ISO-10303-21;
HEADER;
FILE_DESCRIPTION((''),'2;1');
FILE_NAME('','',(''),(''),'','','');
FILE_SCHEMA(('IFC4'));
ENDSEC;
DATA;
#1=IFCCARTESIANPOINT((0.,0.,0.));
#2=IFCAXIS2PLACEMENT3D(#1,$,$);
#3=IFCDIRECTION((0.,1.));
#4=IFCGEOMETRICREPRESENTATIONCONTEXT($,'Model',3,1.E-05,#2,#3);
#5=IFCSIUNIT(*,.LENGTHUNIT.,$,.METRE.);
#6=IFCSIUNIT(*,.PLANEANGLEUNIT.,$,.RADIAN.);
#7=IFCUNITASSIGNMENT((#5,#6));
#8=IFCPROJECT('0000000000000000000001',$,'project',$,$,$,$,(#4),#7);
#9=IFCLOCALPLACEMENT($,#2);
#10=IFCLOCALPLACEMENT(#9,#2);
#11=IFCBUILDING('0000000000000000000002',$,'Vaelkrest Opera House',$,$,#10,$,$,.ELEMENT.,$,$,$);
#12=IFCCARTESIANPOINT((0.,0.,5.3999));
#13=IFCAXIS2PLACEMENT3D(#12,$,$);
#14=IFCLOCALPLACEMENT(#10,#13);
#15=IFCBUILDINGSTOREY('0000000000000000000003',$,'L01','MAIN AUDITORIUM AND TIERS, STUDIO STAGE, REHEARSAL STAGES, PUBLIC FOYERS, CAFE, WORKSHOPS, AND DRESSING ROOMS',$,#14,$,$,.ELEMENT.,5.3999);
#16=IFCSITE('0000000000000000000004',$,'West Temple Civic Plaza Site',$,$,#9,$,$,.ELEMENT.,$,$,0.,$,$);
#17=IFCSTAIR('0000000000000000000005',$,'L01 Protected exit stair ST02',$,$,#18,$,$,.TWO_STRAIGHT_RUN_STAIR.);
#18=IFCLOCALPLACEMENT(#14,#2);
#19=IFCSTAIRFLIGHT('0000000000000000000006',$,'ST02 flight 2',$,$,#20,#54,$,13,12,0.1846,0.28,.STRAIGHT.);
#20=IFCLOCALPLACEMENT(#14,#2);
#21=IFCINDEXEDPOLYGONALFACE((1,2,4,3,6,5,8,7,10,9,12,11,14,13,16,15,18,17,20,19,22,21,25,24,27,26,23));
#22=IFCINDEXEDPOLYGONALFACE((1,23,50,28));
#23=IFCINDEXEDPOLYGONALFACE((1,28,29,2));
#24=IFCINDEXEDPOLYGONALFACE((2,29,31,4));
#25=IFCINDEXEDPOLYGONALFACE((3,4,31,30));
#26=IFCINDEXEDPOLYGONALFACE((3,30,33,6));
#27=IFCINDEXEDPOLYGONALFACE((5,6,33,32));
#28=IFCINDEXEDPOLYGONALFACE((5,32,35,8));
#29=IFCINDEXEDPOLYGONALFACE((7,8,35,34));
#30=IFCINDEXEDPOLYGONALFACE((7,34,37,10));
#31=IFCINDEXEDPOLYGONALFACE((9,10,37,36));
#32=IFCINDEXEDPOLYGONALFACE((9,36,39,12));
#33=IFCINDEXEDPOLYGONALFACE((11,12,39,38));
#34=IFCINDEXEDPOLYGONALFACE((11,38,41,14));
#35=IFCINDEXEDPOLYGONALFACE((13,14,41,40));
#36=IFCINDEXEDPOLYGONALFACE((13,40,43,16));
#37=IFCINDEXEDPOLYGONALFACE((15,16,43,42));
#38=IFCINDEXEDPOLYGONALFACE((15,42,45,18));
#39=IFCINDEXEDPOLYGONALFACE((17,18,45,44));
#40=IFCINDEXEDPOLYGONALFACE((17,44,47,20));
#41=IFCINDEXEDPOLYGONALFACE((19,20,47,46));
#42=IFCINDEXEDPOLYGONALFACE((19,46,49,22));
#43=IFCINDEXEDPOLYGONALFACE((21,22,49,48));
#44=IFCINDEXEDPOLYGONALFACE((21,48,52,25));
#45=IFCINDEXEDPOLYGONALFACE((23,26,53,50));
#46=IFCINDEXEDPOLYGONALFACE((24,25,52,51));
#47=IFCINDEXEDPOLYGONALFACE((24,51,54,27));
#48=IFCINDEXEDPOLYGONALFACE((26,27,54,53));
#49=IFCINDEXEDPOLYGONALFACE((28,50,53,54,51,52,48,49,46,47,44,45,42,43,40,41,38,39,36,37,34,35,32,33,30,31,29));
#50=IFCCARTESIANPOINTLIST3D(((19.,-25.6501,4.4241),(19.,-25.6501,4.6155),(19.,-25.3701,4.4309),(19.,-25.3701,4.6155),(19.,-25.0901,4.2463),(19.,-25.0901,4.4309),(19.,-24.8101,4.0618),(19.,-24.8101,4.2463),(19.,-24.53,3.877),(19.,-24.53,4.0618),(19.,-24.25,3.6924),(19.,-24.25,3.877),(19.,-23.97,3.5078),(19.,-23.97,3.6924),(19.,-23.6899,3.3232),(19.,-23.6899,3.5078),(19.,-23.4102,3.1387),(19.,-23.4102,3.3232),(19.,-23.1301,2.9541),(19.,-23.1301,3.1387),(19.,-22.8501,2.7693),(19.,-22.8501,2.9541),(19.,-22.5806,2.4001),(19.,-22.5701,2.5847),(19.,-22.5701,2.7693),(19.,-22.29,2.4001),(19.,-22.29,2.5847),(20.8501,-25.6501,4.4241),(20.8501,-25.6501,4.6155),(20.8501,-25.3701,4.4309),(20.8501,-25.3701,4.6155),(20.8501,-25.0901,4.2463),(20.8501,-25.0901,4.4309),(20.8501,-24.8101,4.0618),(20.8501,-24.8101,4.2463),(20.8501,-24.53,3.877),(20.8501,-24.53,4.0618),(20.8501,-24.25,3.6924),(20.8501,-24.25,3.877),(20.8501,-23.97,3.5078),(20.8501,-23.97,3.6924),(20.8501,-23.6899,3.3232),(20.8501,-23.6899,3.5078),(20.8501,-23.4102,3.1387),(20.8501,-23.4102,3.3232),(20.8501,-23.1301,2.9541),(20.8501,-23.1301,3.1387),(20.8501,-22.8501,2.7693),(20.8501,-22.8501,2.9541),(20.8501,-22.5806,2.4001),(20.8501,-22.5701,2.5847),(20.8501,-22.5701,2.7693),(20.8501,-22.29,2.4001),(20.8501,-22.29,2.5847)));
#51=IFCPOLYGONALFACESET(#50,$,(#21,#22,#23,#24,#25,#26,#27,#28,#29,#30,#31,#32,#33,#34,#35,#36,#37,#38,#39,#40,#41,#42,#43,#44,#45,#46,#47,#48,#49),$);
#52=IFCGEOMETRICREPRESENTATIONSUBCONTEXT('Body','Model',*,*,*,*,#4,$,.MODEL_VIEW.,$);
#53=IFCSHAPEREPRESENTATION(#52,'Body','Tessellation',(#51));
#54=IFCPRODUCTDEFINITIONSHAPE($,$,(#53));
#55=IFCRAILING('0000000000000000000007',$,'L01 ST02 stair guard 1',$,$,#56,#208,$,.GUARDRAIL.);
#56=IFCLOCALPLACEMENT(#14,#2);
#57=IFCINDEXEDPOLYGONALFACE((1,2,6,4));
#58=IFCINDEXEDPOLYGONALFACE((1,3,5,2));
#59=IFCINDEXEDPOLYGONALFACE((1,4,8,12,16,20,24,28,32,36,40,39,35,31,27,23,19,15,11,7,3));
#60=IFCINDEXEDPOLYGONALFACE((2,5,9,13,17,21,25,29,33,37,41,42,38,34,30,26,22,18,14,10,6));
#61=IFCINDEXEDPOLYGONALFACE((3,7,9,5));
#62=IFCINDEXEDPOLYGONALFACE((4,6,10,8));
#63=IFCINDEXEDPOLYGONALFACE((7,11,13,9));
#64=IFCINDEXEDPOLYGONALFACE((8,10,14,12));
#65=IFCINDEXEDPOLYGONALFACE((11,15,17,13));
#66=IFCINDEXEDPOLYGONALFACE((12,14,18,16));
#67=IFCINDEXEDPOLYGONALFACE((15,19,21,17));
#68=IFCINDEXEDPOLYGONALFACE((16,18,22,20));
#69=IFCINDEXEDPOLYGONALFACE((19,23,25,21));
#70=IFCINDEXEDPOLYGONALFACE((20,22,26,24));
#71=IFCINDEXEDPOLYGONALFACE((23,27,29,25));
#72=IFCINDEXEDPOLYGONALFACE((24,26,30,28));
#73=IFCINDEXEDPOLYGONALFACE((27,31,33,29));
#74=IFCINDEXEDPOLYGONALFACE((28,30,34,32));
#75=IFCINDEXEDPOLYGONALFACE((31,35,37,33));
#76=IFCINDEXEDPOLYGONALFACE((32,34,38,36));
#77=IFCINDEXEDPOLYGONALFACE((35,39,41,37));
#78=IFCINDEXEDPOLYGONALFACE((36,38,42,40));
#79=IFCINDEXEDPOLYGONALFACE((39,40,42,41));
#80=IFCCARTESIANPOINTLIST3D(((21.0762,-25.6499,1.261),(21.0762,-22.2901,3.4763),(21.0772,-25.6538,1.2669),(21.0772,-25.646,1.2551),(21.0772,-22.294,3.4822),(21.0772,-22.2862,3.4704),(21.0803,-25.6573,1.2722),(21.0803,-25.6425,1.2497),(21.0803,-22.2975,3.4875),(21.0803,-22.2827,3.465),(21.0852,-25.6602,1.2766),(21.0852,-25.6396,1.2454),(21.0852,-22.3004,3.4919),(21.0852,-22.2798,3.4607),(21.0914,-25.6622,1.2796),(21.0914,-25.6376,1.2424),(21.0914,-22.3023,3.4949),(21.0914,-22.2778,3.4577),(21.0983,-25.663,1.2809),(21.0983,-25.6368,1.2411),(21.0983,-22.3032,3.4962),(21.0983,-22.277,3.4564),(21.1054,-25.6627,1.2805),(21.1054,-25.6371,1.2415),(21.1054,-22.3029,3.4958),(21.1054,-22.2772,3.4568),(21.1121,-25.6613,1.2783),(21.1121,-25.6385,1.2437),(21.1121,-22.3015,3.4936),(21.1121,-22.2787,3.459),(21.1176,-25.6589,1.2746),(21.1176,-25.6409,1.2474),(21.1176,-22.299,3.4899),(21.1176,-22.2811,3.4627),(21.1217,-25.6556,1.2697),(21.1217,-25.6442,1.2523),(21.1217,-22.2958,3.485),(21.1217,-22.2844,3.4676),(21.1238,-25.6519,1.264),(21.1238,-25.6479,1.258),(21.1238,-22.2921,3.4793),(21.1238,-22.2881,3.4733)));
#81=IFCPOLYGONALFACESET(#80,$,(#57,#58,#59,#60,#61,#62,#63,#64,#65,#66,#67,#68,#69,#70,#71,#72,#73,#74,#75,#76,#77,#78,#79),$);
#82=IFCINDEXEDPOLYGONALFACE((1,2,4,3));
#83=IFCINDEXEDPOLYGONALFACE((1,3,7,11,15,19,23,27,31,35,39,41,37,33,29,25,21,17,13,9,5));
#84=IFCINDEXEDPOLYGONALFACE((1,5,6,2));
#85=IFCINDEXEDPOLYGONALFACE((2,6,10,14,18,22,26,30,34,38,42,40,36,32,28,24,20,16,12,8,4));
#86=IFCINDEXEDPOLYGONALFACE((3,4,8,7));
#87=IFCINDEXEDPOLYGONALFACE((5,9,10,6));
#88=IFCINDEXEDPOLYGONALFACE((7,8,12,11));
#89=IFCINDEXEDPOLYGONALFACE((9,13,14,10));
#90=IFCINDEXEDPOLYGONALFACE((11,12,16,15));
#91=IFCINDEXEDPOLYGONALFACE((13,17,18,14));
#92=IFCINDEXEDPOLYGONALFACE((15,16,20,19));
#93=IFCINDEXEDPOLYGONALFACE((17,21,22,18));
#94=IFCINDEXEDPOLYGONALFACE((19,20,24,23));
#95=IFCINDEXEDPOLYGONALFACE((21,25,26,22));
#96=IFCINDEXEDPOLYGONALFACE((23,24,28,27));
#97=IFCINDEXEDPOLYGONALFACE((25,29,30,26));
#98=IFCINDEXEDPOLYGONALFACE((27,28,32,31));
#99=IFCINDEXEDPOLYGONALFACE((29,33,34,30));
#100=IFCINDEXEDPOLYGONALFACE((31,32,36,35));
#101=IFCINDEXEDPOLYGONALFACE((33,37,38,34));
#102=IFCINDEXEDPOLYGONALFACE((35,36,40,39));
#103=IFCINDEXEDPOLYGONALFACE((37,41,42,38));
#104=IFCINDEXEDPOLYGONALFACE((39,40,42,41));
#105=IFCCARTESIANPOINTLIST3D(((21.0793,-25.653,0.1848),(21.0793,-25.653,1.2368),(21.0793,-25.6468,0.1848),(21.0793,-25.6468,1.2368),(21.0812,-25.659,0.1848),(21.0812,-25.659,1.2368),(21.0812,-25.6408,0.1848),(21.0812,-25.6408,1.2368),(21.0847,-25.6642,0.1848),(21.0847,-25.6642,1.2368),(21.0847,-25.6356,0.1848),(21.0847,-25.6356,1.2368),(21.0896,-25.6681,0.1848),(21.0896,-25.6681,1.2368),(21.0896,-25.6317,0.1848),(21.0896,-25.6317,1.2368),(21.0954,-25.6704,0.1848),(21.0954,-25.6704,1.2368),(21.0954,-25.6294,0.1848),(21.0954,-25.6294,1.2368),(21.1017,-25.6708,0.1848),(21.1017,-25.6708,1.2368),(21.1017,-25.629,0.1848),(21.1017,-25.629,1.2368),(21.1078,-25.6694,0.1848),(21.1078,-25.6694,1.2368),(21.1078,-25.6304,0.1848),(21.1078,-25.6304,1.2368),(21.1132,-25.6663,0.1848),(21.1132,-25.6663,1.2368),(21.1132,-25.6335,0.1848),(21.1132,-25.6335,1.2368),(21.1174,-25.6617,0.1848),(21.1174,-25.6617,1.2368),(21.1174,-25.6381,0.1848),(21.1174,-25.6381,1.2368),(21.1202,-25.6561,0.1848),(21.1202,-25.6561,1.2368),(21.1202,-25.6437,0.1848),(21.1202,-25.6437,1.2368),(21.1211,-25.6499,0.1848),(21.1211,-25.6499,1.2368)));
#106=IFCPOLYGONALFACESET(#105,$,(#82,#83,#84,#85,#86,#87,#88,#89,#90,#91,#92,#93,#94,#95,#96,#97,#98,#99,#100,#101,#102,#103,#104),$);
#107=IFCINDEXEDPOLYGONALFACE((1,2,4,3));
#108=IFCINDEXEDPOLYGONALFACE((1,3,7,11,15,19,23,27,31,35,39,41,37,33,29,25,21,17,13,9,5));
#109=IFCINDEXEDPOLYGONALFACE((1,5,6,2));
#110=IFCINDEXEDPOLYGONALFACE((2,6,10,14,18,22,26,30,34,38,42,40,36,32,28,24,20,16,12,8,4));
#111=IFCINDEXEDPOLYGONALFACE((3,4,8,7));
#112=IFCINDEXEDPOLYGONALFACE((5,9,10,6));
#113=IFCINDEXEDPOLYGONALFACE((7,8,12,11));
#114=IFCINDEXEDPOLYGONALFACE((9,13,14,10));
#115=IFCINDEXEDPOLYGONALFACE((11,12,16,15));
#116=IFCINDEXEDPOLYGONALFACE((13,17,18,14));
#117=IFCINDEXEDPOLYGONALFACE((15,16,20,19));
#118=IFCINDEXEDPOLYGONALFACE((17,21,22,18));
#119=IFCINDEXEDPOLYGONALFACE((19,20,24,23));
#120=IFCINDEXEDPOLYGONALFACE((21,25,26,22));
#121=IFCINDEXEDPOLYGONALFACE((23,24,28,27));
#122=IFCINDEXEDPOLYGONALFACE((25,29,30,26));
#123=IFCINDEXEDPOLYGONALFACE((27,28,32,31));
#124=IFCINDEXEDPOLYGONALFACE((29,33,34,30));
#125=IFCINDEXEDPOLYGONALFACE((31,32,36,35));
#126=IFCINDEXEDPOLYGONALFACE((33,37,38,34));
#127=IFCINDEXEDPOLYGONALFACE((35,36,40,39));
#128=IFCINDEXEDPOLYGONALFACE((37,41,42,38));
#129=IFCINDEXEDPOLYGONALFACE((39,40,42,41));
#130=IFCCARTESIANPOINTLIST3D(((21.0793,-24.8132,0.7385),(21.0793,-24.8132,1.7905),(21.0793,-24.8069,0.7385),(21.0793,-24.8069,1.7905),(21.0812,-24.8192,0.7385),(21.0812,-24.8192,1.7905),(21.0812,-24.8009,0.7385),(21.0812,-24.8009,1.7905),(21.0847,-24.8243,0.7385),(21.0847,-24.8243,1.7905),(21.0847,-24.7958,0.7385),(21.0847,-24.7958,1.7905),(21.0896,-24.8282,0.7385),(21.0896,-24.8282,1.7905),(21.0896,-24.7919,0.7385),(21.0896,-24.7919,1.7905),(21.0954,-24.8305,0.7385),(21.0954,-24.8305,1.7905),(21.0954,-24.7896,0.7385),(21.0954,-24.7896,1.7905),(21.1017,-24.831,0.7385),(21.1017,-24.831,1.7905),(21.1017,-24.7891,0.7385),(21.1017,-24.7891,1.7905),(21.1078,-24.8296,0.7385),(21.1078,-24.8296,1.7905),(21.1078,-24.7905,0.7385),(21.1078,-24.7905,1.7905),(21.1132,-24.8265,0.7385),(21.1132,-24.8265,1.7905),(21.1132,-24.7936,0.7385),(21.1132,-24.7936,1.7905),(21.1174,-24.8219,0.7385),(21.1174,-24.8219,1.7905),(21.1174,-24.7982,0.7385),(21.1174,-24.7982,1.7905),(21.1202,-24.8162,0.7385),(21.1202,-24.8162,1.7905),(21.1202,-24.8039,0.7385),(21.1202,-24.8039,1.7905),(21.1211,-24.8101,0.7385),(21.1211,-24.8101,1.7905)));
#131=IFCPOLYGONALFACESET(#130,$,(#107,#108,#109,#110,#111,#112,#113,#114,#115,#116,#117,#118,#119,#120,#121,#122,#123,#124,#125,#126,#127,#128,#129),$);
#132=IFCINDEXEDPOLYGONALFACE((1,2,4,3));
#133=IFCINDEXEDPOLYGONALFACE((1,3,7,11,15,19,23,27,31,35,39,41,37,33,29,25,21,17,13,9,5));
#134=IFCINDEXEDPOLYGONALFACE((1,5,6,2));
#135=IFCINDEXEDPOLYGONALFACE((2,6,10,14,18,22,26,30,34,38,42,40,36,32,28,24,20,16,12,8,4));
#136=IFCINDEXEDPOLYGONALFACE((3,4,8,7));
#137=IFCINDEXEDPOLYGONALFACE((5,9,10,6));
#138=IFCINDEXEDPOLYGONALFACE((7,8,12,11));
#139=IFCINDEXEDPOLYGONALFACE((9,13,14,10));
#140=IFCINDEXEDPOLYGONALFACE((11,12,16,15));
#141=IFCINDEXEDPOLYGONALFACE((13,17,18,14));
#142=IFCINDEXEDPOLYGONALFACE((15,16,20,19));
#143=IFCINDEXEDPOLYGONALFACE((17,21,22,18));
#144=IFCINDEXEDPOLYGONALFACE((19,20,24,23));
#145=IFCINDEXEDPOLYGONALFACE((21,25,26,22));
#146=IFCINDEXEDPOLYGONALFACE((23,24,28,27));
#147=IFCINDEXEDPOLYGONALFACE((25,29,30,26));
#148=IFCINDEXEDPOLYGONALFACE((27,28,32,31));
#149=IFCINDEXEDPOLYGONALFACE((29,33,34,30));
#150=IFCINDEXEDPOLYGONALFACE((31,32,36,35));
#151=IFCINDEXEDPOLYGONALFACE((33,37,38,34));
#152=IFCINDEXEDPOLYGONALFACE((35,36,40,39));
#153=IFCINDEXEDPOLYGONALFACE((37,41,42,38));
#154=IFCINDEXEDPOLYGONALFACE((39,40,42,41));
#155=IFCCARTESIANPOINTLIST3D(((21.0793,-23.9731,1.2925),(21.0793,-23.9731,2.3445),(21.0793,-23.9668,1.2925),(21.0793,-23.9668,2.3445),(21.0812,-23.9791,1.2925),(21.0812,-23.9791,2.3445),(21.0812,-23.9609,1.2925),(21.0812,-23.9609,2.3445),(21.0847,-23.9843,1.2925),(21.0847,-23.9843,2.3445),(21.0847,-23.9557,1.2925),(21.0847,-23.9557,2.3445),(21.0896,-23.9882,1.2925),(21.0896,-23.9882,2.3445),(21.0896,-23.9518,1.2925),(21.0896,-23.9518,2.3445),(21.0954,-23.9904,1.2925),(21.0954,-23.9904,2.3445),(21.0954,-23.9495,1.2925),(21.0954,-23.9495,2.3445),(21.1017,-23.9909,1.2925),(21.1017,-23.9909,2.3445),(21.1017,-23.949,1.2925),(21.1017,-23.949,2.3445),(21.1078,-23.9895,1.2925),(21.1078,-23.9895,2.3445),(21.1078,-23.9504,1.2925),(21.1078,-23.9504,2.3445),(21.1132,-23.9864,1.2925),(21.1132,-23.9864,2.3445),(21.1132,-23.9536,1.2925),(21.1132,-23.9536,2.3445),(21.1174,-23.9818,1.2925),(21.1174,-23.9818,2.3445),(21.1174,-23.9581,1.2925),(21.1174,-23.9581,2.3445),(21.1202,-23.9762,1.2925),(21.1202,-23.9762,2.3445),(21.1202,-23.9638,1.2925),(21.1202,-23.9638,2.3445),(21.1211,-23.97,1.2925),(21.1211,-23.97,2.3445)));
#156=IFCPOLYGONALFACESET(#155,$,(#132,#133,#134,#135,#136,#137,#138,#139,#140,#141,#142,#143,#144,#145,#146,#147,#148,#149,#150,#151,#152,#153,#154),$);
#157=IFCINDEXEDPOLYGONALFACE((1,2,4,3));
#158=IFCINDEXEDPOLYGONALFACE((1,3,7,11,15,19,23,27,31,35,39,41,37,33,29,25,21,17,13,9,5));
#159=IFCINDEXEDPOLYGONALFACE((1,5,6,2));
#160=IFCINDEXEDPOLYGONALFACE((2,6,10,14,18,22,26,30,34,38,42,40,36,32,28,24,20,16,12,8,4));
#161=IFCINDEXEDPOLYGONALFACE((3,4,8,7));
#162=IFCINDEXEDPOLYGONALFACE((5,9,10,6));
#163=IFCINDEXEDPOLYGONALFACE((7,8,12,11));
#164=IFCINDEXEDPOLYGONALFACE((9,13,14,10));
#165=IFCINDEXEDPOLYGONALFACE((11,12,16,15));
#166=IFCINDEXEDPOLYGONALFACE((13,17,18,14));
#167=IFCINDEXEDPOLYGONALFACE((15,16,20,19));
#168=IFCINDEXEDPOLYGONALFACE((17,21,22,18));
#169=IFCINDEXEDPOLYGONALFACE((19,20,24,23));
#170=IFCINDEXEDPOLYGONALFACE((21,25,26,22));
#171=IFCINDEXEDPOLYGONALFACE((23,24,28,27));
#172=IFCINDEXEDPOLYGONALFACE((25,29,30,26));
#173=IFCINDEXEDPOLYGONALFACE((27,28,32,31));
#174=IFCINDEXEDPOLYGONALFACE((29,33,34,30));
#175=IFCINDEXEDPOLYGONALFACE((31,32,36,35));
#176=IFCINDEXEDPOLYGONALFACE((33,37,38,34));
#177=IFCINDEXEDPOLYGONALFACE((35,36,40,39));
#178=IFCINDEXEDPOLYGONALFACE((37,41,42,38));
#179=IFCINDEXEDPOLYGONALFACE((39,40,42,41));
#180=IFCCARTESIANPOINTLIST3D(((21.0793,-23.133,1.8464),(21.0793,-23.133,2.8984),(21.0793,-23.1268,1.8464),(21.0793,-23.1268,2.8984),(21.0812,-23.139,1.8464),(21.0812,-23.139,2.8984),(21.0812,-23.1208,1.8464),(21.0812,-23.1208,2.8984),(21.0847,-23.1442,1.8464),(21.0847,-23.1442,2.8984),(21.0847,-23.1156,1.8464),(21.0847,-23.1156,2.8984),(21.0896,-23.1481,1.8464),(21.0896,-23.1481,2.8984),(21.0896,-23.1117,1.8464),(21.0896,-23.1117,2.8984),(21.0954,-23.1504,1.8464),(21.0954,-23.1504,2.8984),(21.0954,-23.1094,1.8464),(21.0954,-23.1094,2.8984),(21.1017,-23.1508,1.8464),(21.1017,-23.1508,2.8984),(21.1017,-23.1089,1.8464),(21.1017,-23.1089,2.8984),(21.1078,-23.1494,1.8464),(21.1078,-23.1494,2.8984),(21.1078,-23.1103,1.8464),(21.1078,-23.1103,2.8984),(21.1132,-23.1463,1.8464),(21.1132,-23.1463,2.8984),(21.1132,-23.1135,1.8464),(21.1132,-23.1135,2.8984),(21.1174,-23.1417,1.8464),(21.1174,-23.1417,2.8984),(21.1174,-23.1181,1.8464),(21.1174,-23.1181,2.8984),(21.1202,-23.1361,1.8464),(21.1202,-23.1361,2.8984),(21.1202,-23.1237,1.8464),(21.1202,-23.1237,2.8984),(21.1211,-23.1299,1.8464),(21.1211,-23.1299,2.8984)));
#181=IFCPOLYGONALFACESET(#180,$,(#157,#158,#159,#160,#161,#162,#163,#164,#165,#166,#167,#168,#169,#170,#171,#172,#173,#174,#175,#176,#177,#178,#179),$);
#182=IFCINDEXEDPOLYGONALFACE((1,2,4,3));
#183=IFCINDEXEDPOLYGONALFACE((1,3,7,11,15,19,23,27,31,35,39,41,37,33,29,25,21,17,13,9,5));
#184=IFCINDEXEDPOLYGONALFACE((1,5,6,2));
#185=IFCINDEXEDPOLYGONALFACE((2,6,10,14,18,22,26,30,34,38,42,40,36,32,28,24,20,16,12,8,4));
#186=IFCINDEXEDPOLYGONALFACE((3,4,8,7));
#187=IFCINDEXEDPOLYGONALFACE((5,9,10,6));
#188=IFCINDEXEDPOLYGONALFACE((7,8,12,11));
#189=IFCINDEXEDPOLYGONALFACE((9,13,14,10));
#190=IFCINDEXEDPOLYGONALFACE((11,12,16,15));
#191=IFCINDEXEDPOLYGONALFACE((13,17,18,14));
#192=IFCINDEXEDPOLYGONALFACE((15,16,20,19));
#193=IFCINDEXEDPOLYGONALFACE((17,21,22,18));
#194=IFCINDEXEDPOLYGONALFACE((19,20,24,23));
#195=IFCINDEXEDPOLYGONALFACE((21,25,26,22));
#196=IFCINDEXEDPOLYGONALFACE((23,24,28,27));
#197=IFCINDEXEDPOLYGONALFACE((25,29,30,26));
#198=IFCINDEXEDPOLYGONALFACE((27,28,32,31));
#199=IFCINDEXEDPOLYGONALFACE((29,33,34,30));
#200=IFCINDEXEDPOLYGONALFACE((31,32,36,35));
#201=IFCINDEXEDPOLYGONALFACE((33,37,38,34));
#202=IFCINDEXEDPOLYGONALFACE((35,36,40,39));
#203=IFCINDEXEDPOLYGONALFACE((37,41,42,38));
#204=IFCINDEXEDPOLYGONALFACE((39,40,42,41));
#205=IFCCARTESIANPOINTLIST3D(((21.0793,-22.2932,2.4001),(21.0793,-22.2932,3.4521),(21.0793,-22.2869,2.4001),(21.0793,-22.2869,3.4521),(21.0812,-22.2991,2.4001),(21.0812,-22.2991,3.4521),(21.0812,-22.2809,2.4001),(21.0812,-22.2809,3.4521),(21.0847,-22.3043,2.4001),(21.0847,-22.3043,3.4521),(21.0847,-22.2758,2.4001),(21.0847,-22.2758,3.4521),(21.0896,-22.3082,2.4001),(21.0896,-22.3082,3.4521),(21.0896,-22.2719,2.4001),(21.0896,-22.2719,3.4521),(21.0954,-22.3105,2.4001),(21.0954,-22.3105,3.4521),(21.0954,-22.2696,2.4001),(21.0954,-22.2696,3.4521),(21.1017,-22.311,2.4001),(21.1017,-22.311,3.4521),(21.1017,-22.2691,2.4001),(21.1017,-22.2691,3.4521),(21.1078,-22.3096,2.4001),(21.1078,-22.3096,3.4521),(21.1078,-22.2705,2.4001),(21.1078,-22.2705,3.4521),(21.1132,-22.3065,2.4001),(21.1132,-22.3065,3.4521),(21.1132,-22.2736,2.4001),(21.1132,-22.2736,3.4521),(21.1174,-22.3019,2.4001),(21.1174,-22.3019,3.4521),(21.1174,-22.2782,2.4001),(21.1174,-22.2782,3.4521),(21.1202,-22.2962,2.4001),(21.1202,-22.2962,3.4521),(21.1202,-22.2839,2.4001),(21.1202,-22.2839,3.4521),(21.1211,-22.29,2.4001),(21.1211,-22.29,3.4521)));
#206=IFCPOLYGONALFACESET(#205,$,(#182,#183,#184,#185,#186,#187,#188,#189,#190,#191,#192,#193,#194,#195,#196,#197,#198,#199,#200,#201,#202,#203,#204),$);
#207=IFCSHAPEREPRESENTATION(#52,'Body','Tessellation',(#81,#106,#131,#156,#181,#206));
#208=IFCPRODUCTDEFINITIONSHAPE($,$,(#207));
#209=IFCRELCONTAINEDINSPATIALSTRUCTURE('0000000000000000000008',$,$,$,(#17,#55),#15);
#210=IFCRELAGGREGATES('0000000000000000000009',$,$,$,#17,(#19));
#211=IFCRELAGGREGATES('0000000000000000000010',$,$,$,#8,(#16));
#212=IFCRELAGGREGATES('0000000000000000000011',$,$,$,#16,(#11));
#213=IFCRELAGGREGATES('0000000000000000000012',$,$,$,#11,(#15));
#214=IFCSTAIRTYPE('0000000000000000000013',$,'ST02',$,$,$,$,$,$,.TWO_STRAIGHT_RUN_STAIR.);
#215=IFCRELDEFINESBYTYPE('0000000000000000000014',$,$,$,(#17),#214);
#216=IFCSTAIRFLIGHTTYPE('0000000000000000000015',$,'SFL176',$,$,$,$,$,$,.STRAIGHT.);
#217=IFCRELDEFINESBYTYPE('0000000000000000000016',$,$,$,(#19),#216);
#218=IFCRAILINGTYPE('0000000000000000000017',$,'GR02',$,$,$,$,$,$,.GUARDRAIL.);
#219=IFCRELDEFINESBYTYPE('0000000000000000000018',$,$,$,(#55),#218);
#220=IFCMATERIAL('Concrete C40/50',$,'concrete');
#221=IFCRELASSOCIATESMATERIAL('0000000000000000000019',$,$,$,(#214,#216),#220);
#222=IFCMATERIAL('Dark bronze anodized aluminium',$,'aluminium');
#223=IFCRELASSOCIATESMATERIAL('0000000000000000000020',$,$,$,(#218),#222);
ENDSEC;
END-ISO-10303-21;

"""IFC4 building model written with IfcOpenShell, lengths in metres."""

from ifc_helpers import new_model, si_unit, direction, frame, origin, origin_2d, place, context, subcontext, project, spatial, polyline, circle, outline, extrude, material, type_object, element, aggregate, save


model = new_model("IFC4")

# Units and contexts
model_context = context("Model", 3, precision=1e-05, world=origin(), true_north=direction((0.0, 1.0)))
body_context = subcontext(model_context, "Body", "Model", "MODEL_VIEW")
ifc_project = project(units=[si_unit("LENGTHUNIT", "METRE"), si_unit("PLANEANGLEUNIT", "RADIAN")], contexts=[model_context])

# Site, building, storey
site_placement = place(None, origin())
site = spatial("IfcSite", under=ifc_project, at=site_placement, Name="West Temple Civic Plaza Site", CompositionType="ELEMENT", RefElevation=0.0)
building_placement = place(site_placement, origin())
building = spatial("IfcBuilding", under=site, at=building_placement, Name="Vaelkrest Opera House", CompositionType="ELEMENT")
storey_placement = place(building_placement, frame((0.0, 0.0, 5.3999)))
storey = spatial("IfcBuildingStorey", under=building, at=storey_placement, Name="L01", Description="MAIN AUDITORIUM AND TIERS, STUDIO STAGE, REHEARSAL STAGES, PUBLIC FOYERS, CAFE, WORKSHOPS, AND DRESSING ROOMS", CompositionType="ELEMENT", Elevation=5.3999)

# Shared definitions
ifc_material_1 = material(Name="Concrete C40/50", Category="concrete")

# Stair, stair flight
stair_type = type_object("IfcStairType", Name="ST02", PredefinedType="TWO_STRAIGHT_RUN_STAIR", material=ifc_material_1)
stair_placement = place(storey_placement, origin())
stair = element("IfcStair", 1, at=stair_placement, inside=storey, type_object=stair_type, Name="L01 Protected exit stair ST02", PredefinedType="TWO_STRAIGHT_RUN_STAIR")
stair_flight_type = type_object("IfcStairFlightType", Name="SFL176", PredefinedType="STRAIGHT", material=ifc_material_1)
stair_flight_1_placement = place(storey_placement, frame((19.925, -22.29, 2.4001), z_axis=(0.0, 0.0, 1.0), x_axis=(0.0, -1.0, 0.0)))
stair_flight_1 = element("IfcStairFlight", 2, at=stair_flight_1_placement, type_object=stair_flight_type, Name="ST02 flight 2", NumberOfRisers=13, NumberOfTreads=12, PredefinedType="STRAIGHT", RiserHeight=0.1846, TreadLength=0.28, context=body_context, shape_type="SweptSolid", body=[
    extrude(outline(polyline([(0.0, 0.0), (0.0, 0.1846), (0.28, 0.1846), (0.28, 0.3691), (0.5601, 0.3691), (0.5601, 0.554), (0.8401, 0.554), (0.8401, 0.7385), (1.1201, 0.7385), (1.1201, 0.9231), (1.3999, 0.9231), (1.3999, 1.1077), (1.6799, 1.1077), (1.6799, 1.2922), (1.96, 1.2922), (1.96, 1.4768), (2.24, 1.4768), (2.24, 1.6616), (2.52, 1.6616), (2.52, 1.8462), (2.8, 1.8462), (2.8, 2.0308), (3.0801, 2.0308), (3.0801, 2.2153), (3.3601, 2.2153), (3.3601, 2.3999), (3.3601, 2.0239), (0.2905, 0.0), (0.0, 0.0)])), frame((0.0, 0.925, 0.0), z_axis=(0.0, -1.0, 0.0), x_axis=(1.0, 0.0, 0.0)), (0.0, 0.0, 1.0), 1.8501),
])
aggregate(stair, [stair_flight_1])

# Railing
ifc_material_2 = material(Name="Dark bronze anodized aluminium", Category="aluminium")
railing_type_1 = type_object("IfcRailingType", Name="GR02", PredefinedType="GUARDRAIL", material=ifc_material_2)
railing_1_placement = place(storey_placement, frame((21.1001, -25.6499, 0.1848)))
element("IfcRailing", 3, at=railing_1_placement, inside=storey, type_object=railing_type_1, Name="L01 ST02 stair guard 1", PredefinedType="GUARDRAIL", context=body_context, shape_type="SweptSolid", body=[
    extrude(circle(Radius=0.0239, at=origin_2d()), frame((0.0, 0.0, 1.0762), z_axis=(0.0, 0.834858, 0.550465), x_axis=(-1.0, 0.0, 0.0)), (0.0, 0.0, 1.0), 4.0244),
    extrude(circle(Radius=0.021, at=origin_2d()), origin(), (0.0, 0.0, 1.0), 1.052),
    extrude(circle(Radius=0.021, at=origin_2d()), frame((0.0, 0.8398, 0.5537)), (0.0, 0.0, 1.0), 1.052),
    extrude(circle(Radius=0.021, at=origin_2d()), frame((0.0, 1.6799, 1.1077)), (0.0, 0.0, 1.0), 1.052),
    extrude(circle(Radius=0.021, at=origin_2d()), frame((0.0, 2.52, 1.6616)), (0.0, 0.0, 1.0), 1.052),
    extrude(circle(Radius=0.021, at=origin_2d()), frame((0.0, 3.3599, 2.2153)), (0.0, 0.0, 1.0), 1.052),
])

save(model, "model.ifc")
